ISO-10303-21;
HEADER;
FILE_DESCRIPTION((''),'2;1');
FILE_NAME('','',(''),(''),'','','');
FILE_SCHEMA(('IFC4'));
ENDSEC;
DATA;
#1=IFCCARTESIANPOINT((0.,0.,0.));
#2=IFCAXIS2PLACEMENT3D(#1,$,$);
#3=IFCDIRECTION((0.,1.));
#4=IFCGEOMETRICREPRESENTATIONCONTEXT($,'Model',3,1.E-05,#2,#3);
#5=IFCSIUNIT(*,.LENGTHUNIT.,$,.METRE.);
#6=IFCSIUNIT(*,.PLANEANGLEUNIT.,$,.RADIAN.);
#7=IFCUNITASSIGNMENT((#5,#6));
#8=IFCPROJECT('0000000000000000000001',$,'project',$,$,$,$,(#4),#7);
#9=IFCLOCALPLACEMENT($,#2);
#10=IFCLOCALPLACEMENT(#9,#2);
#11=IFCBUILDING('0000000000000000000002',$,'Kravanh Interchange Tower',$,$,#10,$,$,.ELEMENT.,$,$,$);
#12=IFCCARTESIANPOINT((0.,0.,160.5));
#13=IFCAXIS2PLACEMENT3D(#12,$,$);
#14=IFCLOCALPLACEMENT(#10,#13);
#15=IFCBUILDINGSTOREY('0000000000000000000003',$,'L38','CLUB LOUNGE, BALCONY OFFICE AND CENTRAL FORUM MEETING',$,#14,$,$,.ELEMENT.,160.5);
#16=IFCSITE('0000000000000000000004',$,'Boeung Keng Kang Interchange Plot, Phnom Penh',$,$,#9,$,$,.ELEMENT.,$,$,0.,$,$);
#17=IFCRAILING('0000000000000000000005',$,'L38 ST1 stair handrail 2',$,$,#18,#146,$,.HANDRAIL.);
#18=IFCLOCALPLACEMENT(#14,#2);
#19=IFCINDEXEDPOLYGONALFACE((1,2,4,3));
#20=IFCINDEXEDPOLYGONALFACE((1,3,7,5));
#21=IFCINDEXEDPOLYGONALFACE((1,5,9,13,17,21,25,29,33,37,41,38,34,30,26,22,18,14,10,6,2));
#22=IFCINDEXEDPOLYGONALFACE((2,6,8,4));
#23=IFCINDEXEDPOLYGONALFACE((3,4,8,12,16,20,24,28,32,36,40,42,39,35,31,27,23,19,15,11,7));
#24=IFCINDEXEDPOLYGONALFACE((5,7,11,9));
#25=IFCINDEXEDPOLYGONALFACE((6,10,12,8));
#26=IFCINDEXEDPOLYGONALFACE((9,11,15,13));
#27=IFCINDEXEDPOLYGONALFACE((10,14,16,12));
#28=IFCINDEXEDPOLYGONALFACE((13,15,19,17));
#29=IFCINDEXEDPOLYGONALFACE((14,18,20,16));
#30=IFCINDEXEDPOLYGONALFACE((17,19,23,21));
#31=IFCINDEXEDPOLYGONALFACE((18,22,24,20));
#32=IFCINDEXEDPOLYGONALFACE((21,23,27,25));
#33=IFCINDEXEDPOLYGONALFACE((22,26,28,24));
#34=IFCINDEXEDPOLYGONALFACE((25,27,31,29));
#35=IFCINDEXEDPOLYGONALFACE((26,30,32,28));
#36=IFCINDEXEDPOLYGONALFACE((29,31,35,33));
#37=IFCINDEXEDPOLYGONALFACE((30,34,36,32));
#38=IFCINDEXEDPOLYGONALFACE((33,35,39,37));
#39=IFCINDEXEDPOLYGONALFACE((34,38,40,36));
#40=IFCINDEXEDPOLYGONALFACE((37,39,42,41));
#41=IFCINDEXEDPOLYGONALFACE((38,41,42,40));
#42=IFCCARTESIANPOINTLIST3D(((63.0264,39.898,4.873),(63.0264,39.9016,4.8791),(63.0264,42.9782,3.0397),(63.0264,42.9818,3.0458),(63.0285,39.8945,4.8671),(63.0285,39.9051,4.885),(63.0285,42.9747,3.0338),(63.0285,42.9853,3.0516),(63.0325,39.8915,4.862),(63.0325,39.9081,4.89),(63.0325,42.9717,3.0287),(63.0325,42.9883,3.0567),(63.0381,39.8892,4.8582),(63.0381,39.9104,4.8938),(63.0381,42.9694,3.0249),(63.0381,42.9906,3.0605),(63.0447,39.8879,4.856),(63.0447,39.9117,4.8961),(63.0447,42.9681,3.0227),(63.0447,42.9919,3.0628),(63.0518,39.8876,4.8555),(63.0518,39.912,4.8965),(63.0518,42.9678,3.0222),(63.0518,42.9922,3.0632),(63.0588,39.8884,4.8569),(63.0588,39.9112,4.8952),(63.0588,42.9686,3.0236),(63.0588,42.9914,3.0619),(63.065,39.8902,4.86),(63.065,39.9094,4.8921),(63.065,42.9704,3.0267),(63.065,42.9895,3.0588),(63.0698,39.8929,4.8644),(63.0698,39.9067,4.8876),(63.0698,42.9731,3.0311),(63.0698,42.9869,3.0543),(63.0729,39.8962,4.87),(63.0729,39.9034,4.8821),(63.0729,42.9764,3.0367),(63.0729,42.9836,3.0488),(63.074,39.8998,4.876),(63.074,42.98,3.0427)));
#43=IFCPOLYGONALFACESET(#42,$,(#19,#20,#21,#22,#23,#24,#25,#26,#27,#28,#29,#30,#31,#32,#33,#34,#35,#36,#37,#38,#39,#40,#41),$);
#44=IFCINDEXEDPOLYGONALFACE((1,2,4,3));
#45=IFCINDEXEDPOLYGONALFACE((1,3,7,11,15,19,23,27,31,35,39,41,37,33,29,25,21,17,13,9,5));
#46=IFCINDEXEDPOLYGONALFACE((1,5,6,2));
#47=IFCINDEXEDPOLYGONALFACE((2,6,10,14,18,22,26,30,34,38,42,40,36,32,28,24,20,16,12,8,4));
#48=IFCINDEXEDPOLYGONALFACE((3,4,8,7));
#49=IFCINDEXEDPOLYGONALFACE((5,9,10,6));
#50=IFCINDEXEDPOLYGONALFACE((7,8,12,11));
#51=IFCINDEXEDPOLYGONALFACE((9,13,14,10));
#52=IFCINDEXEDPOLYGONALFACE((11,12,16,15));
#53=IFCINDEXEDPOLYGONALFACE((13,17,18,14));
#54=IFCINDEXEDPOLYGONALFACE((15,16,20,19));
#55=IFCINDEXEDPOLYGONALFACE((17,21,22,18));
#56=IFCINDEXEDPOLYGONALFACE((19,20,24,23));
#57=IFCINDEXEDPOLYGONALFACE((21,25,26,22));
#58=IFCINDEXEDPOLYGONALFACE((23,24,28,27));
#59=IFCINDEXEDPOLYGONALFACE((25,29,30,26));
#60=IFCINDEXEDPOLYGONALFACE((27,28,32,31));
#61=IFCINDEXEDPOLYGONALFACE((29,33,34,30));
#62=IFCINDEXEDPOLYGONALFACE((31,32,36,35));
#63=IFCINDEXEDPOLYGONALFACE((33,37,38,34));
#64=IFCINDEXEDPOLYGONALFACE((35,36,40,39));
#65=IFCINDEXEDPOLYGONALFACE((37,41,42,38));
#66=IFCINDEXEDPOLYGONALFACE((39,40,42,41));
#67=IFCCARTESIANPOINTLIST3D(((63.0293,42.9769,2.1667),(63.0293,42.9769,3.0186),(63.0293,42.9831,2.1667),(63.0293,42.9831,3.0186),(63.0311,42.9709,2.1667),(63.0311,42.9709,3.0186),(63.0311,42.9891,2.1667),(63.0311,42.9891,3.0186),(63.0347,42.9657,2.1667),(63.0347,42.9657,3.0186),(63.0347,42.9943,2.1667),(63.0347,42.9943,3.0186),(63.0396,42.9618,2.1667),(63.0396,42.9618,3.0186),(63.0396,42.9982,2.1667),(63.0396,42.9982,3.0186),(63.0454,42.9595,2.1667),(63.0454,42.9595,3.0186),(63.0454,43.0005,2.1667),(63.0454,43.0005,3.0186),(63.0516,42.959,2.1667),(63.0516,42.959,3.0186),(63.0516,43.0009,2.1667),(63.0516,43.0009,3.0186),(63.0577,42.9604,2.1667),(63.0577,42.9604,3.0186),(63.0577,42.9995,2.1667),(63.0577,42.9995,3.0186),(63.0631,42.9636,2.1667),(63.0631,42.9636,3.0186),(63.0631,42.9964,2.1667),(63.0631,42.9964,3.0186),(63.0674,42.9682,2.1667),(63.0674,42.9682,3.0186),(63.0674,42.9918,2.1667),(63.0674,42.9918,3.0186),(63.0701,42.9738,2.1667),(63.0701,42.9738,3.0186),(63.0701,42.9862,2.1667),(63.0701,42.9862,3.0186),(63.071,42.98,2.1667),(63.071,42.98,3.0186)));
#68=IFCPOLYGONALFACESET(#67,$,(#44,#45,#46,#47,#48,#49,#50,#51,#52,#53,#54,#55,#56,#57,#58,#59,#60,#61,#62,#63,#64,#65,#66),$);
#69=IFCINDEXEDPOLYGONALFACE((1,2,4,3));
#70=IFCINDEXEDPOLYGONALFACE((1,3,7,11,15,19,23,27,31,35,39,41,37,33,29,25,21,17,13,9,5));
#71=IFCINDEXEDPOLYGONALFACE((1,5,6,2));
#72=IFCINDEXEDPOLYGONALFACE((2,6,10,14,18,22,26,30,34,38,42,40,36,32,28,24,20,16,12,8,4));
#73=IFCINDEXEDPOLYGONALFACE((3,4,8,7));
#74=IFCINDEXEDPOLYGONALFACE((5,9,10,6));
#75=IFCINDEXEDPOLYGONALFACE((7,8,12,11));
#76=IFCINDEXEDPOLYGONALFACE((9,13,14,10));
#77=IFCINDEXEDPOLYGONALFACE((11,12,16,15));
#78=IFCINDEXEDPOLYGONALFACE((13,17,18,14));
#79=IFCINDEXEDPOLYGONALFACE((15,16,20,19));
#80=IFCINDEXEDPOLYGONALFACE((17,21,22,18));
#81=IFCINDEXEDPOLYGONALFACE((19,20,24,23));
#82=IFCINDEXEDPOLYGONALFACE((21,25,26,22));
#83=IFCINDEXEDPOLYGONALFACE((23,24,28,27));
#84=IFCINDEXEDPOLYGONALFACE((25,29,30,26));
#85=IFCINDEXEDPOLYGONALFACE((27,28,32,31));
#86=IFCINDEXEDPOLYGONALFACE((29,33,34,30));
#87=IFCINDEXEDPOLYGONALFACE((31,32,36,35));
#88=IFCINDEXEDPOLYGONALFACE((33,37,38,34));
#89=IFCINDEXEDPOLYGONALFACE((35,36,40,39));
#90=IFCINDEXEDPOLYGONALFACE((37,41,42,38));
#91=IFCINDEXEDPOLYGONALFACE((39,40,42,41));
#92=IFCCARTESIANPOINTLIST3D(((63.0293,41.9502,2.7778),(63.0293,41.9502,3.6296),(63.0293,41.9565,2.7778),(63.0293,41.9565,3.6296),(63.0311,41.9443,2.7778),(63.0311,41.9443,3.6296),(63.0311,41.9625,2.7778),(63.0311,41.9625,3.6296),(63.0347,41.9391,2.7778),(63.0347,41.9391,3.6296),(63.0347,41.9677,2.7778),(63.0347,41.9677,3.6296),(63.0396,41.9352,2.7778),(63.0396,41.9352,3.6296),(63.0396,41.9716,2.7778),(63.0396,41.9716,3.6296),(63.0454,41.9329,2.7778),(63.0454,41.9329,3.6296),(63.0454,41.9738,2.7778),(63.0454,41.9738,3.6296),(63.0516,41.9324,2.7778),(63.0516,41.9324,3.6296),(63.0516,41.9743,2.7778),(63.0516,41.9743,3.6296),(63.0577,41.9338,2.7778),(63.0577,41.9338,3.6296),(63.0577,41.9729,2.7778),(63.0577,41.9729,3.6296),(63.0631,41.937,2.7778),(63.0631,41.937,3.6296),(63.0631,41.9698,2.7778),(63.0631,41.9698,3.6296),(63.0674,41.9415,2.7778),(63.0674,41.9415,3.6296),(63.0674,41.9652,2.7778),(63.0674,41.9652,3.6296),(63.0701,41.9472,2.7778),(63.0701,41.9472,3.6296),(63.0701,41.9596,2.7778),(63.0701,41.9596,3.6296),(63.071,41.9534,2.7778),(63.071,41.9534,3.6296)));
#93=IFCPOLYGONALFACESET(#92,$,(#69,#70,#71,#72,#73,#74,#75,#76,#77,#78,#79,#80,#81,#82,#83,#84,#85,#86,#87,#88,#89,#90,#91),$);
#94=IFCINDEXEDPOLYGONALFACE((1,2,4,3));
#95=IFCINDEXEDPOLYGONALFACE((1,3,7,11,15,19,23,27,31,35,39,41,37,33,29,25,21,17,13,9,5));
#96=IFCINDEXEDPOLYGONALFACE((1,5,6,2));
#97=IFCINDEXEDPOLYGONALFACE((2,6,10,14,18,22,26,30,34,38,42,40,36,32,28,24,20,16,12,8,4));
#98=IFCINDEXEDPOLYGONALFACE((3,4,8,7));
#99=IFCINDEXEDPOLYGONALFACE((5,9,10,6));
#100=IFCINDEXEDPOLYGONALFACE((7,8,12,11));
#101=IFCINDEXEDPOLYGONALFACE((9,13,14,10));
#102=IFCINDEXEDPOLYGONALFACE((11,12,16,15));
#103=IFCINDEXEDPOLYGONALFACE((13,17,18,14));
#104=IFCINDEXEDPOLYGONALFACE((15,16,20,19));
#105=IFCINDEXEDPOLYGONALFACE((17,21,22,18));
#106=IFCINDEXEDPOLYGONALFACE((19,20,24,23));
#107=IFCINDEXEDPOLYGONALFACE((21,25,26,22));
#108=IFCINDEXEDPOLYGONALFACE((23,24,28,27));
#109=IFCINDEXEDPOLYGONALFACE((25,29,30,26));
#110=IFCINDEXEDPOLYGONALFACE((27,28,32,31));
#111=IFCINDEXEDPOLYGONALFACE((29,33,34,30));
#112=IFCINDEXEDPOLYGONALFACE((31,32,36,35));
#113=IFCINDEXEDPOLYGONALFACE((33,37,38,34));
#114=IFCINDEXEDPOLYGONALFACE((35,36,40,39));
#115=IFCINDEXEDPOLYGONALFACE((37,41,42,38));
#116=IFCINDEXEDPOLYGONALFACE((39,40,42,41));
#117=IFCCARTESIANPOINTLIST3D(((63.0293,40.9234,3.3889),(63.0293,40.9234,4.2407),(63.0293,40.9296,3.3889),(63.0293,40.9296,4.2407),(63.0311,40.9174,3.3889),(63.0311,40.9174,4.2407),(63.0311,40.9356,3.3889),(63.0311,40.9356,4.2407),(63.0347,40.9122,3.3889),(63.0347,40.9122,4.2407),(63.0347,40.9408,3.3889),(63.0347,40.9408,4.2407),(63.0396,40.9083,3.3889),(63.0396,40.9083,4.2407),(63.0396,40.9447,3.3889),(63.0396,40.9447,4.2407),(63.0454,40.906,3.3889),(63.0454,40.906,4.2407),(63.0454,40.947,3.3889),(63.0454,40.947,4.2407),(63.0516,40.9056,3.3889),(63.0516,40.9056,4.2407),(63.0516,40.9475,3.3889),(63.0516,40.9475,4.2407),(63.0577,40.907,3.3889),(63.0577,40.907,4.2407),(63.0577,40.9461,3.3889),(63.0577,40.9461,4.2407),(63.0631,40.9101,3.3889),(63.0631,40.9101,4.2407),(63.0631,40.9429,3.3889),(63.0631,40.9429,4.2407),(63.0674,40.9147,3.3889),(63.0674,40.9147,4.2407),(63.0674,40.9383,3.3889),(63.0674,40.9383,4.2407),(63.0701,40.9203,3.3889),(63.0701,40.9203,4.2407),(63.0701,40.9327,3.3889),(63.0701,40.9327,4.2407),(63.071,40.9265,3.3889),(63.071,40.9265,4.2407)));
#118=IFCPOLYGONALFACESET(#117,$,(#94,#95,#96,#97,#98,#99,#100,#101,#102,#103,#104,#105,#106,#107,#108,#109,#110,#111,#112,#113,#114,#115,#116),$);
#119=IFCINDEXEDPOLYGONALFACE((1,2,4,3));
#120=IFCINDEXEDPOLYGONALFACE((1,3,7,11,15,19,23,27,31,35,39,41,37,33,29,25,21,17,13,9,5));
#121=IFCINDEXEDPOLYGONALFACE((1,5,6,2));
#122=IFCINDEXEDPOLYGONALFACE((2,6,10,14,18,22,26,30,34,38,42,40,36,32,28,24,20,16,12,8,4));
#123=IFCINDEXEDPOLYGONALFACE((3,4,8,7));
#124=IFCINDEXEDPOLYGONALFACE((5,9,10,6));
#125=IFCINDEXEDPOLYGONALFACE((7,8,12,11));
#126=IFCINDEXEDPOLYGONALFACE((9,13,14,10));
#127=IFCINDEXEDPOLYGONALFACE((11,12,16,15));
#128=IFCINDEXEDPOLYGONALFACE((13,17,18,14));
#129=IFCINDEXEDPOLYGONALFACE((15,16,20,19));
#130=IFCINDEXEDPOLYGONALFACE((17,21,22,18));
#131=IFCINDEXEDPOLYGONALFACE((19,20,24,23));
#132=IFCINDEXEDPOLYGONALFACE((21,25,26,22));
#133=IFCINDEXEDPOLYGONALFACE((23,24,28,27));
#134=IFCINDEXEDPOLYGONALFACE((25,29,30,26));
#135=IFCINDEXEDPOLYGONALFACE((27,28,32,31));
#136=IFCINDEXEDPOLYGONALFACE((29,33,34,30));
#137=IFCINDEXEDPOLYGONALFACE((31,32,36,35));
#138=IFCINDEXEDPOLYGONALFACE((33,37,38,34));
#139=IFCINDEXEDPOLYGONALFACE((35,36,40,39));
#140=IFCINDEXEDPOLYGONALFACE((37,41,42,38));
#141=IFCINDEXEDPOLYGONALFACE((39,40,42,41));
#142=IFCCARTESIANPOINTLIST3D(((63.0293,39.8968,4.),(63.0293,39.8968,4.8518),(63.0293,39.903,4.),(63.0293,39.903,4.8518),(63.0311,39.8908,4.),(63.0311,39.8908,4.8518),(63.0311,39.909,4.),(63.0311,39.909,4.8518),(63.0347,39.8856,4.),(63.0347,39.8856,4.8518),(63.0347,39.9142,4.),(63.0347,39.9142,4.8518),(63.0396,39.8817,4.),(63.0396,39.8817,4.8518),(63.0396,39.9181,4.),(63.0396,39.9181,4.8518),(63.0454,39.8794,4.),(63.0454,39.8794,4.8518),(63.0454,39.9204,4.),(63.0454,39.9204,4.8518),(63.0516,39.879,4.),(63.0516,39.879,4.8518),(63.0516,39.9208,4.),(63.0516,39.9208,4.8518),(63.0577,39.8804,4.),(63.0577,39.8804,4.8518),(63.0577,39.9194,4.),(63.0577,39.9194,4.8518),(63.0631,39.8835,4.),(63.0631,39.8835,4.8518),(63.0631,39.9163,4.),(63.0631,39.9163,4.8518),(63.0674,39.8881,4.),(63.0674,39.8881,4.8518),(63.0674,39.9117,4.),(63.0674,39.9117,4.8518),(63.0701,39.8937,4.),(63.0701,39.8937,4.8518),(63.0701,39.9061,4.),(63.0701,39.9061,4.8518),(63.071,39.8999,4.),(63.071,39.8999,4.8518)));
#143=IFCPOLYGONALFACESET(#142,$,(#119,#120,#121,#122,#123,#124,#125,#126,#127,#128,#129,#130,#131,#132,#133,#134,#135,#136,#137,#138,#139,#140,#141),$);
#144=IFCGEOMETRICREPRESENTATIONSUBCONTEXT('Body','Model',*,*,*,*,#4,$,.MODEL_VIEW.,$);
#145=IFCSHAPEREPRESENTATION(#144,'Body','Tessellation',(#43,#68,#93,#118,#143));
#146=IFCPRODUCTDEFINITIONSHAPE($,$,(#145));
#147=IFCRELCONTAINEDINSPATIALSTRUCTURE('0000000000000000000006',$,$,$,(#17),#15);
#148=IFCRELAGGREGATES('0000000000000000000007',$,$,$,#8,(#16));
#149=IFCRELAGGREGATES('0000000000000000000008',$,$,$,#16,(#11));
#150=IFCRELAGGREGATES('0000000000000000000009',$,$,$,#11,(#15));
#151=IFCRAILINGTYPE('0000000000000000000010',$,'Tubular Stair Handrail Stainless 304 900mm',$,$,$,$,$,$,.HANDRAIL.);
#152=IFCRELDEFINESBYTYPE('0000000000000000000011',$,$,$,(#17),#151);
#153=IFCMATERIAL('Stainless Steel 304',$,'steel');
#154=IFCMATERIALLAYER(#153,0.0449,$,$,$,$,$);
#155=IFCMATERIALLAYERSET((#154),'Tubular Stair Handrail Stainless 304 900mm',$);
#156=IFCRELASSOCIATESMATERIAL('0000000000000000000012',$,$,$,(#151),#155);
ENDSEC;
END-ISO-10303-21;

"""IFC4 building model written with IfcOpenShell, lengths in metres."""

from ifc_helpers import new_model, si_unit, direction, frame, origin, origin_2d, place, context, subcontext, project, spatial, circle, extrude, material, layer, layer_set, type_object, element, save


model = new_model("IFC4")

# Units and contexts
model_context = context("Model", 3, precision=1e-05, world=origin(), true_north=direction((0.0, 1.0)))
body_context = subcontext(model_context, "Body", "Model", "MODEL_VIEW")
ifc_project = project(units=[si_unit("LENGTHUNIT", "METRE"), si_unit("PLANEANGLEUNIT", "RADIAN")], contexts=[model_context])

# Site, building, storey
site_placement = place(None, origin())
site = spatial("IfcSite", under=ifc_project, at=site_placement, Name="Boeung Keng Kang Interchange Plot, Phnom Penh", CompositionType="ELEMENT", RefElevation=0.0)
building_placement = place(site_placement, origin())
building = spatial("IfcBuilding", under=site, at=building_placement, Name="Kravanh Interchange Tower", CompositionType="ELEMENT")
storey_placement = place(building_placement, frame((0.0, 0.0, 160.5)))
storey = spatial("IfcBuildingStorey", under=building, at=storey_placement, Name="L38", Description="CLUB LOUNGE, BALCONY OFFICE AND CENTRAL FORUM MEETING", CompositionType="ELEMENT", Elevation=160.5)

# Railing
ifc_material_1 = material(Name="Stainless Steel 304", Category="steel")
ifc_layer_1 = layer(ifc_material_1, 0.0449)
ifc_layer_set_1 = layer_set([ifc_layer_1], Name="Tubular Stair Handrail Stainless 304 900mm")
railing_type_1 = type_object("IfcRailingType", Name="Tubular Stair Handrail Stainless 304 900mm", PredefinedType="HANDRAIL", material=ifc_layer_set_1)
railing_1_placement = place(storey_placement, frame((63.05, 42.98, 2.1667)))
element("IfcRailing", 1, at=railing_1_placement, inside=storey, type_object=railing_type_1, Name="L38 ST1 stair handrail 2", PredefinedType="HANDRAIL", context=body_context, shape_type="SweptSolid", body=[
    extrude(circle(Radius=0.0239, at=origin_2d()), frame((0.0, 0.0, 0.876), z_axis=(0.0, -0.859309, 0.511458), x_axis=(1.0, 0.0, 0.0)), (0.0, 0.0, 1.0), 3.5845),
    extrude(circle(Radius=0.021, at=origin_2d()), origin(), (0.0, 0.0, 1.0), 0.8518),
    extrude(circle(Radius=0.021, at=origin_2d()), frame((0.0, -1.0266, 0.6111)), (0.0, 0.0, 1.0), 0.8518),
    extrude(circle(Radius=0.021, at=origin_2d()), frame((0.0, -2.0535, 1.2222)), (0.0, 0.0, 1.0), 0.8518),
    extrude(circle(Radius=0.021, at=origin_2d()), frame((0.0, -3.0801, 1.8333)), (0.0, 0.0, 1.0), 0.8518),
])

save(model, "model.ifc")
